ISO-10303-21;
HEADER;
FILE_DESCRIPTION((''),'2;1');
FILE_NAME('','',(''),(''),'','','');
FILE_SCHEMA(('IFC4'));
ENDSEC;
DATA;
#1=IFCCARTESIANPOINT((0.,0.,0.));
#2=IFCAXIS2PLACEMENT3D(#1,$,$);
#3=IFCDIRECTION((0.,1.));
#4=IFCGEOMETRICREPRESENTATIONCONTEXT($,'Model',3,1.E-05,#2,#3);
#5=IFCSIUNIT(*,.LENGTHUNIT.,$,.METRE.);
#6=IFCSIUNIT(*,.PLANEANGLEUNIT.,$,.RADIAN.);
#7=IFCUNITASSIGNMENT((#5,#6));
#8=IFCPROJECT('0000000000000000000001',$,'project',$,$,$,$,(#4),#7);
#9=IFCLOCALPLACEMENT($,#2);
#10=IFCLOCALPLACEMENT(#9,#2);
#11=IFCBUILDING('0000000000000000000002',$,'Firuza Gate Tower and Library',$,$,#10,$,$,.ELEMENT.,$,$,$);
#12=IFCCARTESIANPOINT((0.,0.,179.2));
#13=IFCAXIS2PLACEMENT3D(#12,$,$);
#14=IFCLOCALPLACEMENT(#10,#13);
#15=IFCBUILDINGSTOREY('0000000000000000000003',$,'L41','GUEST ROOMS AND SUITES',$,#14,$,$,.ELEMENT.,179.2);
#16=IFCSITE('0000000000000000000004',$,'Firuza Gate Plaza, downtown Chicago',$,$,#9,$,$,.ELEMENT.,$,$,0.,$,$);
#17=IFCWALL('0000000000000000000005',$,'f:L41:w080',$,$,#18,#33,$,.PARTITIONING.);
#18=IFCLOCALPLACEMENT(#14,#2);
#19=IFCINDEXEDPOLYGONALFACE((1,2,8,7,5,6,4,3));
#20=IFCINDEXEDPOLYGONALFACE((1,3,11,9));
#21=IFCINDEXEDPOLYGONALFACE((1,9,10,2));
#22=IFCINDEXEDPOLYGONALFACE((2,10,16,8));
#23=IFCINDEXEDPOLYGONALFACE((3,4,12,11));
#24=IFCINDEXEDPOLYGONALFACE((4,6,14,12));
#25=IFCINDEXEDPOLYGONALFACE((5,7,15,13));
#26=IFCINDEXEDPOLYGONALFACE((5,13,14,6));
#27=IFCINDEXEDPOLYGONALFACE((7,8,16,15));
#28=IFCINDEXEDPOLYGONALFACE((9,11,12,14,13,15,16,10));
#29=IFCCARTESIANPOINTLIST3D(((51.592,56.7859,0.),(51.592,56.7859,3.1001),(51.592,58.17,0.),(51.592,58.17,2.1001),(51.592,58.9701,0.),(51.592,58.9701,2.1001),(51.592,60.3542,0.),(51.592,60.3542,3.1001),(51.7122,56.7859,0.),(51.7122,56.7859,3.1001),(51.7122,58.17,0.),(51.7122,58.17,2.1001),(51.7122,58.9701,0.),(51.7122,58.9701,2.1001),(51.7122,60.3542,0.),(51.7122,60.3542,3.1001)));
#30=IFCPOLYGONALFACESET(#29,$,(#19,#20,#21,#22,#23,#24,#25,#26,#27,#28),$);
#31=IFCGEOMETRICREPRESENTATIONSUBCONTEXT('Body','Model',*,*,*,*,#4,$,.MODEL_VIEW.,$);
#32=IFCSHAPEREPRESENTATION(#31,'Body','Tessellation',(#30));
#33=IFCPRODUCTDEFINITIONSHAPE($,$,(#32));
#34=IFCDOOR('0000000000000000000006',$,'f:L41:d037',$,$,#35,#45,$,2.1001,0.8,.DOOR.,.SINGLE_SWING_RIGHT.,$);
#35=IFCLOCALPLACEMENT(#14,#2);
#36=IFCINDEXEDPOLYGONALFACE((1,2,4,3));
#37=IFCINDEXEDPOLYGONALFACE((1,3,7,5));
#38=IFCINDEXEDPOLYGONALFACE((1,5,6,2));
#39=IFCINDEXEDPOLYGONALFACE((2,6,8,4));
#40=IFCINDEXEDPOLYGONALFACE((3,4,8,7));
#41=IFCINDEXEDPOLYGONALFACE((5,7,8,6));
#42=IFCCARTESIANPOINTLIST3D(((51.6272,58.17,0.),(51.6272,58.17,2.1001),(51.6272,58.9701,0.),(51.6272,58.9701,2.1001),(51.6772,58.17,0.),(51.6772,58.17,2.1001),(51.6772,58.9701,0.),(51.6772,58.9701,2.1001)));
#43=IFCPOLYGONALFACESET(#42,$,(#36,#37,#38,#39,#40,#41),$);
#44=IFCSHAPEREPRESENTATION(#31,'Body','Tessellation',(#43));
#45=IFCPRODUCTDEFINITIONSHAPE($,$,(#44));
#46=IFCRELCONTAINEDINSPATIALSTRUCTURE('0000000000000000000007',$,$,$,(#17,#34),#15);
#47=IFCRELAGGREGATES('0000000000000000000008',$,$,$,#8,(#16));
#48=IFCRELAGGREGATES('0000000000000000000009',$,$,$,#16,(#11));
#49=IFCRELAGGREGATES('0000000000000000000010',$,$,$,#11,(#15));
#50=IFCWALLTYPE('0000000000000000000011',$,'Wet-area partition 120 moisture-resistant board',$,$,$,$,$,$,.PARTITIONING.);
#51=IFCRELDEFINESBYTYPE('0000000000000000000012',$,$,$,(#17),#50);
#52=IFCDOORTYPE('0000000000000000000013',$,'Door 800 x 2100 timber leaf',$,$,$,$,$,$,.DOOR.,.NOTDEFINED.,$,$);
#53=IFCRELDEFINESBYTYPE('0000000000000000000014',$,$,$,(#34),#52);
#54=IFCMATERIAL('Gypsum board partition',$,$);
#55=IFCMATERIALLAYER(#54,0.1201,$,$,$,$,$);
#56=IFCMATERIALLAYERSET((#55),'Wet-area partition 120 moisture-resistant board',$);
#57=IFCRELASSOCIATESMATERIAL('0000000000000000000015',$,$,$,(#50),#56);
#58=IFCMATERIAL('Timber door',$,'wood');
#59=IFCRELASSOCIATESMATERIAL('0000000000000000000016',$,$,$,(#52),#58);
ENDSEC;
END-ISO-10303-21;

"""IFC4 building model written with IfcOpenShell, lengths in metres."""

from ifc_helpers import new_model, si_unit, direction, frame, frame_2d, origin, place, context, subcontext, project, spatial, rectangle, extrude, material, layer, layer_set, type_object, element, fill, save


model = new_model("IFC4")

# Units and contexts
model_context = context("Model", 3, precision=1e-05, world=origin(), true_north=direction((0.0, 1.0)))
body_context = subcontext(model_context, "Body", "Model", "MODEL_VIEW")
ifc_project = project(units=[si_unit("LENGTHUNIT", "METRE"), si_unit("PLANEANGLEUNIT", "RADIAN")], contexts=[model_context])

# Site, building, storey
site_placement = place(None, origin())
site = spatial("IfcSite", under=ifc_project, at=site_placement, Name="Firuza Gate Plaza, downtown Chicago", CompositionType="ELEMENT", RefElevation=0.0)
building_placement = place(site_placement, origin())
building = spatial("IfcBuilding", under=site, at=building_placement, Name="Firuza Gate Tower and Library", CompositionType="ELEMENT")
storey_placement = place(building_placement, frame((0.0, 0.0, 179.2)))
storey = spatial("IfcBuildingStorey", under=building, at=storey_placement, Name="L41", Description="GUEST ROOMS AND SUITES", CompositionType="ELEMENT", Elevation=179.2)

# Shared definitions
ifc_material_1 = material(Name="Gypsum board partition")
ifc_layer_1 = layer(ifc_material_1, 0.1201)
ifc_layer_set_1 = layer_set([ifc_layer_1], Name="Wet-area partition 120 moisture-resistant board")
wall_type_1 = type_object("IfcWallType", Name="Wet-area partition 120 moisture-resistant board", PredefinedType="PARTITIONING", material=ifc_layer_set_1)

# Wall, opening, door
wall_1_placement = place(storey_placement, frame((51.6521, 56.7859, 0.0), z_axis=(0.0, 0.0, 1.0), x_axis=(0.0, 1.0, 0.0)))
wall_1 = element("IfcWall", 1, at=wall_1_placement, inside=storey, type_object=wall_type_1, Name="f:L41:w080", PredefinedType="PARTITIONING", context=body_context, shape_type="SweptSolid", body=[
    extrude(rectangle(XDim=3.5684, YDim=0.1201, at=frame_2d((1.7842, 0.0))), origin(), (0.0, 0.0, 1.0), 3.1001),
])
opening_placement = place(wall_1_placement, frame((1.3843, 0.0, 0.0)))
opening = element("IfcOpeningElement", 2, at=opening_placement, cuts=wall_1, PredefinedType="OPENING", context=body_context, shape_type="SweptSolid", body=[
    extrude(rectangle(XDim=0.8, YDim=2.1001, at=frame_2d((0.3999, 1.05))), frame((0.0, 0.0701, 0.0), z_axis=(0.0, -1.0, 0.0), x_axis=(1.0, 0.0, 0.0)), (0.0, 0.0, 1.0), 0.1401),
])
ifc_material_2 = material(Name="Timber door", Category="wood")
door_type = type_object("IfcDoorType", Name="Door 800 x 2100 timber leaf", OperationType="NOTDEFINED", PredefinedType="DOOR", material=ifc_material_2)
door_placement = place(opening_placement, origin())
door = element("IfcDoor", 3, at=door_placement, inside=storey, type_object=door_type, Name="f:L41:d037", OperationType="SINGLE_SWING_RIGHT", OverallHeight=2.1001, OverallWidth=0.8, PredefinedType="DOOR", context=body_context, shape_type="SweptSolid", body=[
    extrude(rectangle(XDim=0.8, YDim=2.1001, at=frame_2d((0.3999, 1.05))), frame((0.0, 0.0249, 0.0), z_axis=(0.0, -1.0, 0.0), x_axis=(1.0, 0.0, 0.0)), (0.0, 0.0, 1.0), 0.05),
])
fill(opening, door)

save(model, "model.ifc")
